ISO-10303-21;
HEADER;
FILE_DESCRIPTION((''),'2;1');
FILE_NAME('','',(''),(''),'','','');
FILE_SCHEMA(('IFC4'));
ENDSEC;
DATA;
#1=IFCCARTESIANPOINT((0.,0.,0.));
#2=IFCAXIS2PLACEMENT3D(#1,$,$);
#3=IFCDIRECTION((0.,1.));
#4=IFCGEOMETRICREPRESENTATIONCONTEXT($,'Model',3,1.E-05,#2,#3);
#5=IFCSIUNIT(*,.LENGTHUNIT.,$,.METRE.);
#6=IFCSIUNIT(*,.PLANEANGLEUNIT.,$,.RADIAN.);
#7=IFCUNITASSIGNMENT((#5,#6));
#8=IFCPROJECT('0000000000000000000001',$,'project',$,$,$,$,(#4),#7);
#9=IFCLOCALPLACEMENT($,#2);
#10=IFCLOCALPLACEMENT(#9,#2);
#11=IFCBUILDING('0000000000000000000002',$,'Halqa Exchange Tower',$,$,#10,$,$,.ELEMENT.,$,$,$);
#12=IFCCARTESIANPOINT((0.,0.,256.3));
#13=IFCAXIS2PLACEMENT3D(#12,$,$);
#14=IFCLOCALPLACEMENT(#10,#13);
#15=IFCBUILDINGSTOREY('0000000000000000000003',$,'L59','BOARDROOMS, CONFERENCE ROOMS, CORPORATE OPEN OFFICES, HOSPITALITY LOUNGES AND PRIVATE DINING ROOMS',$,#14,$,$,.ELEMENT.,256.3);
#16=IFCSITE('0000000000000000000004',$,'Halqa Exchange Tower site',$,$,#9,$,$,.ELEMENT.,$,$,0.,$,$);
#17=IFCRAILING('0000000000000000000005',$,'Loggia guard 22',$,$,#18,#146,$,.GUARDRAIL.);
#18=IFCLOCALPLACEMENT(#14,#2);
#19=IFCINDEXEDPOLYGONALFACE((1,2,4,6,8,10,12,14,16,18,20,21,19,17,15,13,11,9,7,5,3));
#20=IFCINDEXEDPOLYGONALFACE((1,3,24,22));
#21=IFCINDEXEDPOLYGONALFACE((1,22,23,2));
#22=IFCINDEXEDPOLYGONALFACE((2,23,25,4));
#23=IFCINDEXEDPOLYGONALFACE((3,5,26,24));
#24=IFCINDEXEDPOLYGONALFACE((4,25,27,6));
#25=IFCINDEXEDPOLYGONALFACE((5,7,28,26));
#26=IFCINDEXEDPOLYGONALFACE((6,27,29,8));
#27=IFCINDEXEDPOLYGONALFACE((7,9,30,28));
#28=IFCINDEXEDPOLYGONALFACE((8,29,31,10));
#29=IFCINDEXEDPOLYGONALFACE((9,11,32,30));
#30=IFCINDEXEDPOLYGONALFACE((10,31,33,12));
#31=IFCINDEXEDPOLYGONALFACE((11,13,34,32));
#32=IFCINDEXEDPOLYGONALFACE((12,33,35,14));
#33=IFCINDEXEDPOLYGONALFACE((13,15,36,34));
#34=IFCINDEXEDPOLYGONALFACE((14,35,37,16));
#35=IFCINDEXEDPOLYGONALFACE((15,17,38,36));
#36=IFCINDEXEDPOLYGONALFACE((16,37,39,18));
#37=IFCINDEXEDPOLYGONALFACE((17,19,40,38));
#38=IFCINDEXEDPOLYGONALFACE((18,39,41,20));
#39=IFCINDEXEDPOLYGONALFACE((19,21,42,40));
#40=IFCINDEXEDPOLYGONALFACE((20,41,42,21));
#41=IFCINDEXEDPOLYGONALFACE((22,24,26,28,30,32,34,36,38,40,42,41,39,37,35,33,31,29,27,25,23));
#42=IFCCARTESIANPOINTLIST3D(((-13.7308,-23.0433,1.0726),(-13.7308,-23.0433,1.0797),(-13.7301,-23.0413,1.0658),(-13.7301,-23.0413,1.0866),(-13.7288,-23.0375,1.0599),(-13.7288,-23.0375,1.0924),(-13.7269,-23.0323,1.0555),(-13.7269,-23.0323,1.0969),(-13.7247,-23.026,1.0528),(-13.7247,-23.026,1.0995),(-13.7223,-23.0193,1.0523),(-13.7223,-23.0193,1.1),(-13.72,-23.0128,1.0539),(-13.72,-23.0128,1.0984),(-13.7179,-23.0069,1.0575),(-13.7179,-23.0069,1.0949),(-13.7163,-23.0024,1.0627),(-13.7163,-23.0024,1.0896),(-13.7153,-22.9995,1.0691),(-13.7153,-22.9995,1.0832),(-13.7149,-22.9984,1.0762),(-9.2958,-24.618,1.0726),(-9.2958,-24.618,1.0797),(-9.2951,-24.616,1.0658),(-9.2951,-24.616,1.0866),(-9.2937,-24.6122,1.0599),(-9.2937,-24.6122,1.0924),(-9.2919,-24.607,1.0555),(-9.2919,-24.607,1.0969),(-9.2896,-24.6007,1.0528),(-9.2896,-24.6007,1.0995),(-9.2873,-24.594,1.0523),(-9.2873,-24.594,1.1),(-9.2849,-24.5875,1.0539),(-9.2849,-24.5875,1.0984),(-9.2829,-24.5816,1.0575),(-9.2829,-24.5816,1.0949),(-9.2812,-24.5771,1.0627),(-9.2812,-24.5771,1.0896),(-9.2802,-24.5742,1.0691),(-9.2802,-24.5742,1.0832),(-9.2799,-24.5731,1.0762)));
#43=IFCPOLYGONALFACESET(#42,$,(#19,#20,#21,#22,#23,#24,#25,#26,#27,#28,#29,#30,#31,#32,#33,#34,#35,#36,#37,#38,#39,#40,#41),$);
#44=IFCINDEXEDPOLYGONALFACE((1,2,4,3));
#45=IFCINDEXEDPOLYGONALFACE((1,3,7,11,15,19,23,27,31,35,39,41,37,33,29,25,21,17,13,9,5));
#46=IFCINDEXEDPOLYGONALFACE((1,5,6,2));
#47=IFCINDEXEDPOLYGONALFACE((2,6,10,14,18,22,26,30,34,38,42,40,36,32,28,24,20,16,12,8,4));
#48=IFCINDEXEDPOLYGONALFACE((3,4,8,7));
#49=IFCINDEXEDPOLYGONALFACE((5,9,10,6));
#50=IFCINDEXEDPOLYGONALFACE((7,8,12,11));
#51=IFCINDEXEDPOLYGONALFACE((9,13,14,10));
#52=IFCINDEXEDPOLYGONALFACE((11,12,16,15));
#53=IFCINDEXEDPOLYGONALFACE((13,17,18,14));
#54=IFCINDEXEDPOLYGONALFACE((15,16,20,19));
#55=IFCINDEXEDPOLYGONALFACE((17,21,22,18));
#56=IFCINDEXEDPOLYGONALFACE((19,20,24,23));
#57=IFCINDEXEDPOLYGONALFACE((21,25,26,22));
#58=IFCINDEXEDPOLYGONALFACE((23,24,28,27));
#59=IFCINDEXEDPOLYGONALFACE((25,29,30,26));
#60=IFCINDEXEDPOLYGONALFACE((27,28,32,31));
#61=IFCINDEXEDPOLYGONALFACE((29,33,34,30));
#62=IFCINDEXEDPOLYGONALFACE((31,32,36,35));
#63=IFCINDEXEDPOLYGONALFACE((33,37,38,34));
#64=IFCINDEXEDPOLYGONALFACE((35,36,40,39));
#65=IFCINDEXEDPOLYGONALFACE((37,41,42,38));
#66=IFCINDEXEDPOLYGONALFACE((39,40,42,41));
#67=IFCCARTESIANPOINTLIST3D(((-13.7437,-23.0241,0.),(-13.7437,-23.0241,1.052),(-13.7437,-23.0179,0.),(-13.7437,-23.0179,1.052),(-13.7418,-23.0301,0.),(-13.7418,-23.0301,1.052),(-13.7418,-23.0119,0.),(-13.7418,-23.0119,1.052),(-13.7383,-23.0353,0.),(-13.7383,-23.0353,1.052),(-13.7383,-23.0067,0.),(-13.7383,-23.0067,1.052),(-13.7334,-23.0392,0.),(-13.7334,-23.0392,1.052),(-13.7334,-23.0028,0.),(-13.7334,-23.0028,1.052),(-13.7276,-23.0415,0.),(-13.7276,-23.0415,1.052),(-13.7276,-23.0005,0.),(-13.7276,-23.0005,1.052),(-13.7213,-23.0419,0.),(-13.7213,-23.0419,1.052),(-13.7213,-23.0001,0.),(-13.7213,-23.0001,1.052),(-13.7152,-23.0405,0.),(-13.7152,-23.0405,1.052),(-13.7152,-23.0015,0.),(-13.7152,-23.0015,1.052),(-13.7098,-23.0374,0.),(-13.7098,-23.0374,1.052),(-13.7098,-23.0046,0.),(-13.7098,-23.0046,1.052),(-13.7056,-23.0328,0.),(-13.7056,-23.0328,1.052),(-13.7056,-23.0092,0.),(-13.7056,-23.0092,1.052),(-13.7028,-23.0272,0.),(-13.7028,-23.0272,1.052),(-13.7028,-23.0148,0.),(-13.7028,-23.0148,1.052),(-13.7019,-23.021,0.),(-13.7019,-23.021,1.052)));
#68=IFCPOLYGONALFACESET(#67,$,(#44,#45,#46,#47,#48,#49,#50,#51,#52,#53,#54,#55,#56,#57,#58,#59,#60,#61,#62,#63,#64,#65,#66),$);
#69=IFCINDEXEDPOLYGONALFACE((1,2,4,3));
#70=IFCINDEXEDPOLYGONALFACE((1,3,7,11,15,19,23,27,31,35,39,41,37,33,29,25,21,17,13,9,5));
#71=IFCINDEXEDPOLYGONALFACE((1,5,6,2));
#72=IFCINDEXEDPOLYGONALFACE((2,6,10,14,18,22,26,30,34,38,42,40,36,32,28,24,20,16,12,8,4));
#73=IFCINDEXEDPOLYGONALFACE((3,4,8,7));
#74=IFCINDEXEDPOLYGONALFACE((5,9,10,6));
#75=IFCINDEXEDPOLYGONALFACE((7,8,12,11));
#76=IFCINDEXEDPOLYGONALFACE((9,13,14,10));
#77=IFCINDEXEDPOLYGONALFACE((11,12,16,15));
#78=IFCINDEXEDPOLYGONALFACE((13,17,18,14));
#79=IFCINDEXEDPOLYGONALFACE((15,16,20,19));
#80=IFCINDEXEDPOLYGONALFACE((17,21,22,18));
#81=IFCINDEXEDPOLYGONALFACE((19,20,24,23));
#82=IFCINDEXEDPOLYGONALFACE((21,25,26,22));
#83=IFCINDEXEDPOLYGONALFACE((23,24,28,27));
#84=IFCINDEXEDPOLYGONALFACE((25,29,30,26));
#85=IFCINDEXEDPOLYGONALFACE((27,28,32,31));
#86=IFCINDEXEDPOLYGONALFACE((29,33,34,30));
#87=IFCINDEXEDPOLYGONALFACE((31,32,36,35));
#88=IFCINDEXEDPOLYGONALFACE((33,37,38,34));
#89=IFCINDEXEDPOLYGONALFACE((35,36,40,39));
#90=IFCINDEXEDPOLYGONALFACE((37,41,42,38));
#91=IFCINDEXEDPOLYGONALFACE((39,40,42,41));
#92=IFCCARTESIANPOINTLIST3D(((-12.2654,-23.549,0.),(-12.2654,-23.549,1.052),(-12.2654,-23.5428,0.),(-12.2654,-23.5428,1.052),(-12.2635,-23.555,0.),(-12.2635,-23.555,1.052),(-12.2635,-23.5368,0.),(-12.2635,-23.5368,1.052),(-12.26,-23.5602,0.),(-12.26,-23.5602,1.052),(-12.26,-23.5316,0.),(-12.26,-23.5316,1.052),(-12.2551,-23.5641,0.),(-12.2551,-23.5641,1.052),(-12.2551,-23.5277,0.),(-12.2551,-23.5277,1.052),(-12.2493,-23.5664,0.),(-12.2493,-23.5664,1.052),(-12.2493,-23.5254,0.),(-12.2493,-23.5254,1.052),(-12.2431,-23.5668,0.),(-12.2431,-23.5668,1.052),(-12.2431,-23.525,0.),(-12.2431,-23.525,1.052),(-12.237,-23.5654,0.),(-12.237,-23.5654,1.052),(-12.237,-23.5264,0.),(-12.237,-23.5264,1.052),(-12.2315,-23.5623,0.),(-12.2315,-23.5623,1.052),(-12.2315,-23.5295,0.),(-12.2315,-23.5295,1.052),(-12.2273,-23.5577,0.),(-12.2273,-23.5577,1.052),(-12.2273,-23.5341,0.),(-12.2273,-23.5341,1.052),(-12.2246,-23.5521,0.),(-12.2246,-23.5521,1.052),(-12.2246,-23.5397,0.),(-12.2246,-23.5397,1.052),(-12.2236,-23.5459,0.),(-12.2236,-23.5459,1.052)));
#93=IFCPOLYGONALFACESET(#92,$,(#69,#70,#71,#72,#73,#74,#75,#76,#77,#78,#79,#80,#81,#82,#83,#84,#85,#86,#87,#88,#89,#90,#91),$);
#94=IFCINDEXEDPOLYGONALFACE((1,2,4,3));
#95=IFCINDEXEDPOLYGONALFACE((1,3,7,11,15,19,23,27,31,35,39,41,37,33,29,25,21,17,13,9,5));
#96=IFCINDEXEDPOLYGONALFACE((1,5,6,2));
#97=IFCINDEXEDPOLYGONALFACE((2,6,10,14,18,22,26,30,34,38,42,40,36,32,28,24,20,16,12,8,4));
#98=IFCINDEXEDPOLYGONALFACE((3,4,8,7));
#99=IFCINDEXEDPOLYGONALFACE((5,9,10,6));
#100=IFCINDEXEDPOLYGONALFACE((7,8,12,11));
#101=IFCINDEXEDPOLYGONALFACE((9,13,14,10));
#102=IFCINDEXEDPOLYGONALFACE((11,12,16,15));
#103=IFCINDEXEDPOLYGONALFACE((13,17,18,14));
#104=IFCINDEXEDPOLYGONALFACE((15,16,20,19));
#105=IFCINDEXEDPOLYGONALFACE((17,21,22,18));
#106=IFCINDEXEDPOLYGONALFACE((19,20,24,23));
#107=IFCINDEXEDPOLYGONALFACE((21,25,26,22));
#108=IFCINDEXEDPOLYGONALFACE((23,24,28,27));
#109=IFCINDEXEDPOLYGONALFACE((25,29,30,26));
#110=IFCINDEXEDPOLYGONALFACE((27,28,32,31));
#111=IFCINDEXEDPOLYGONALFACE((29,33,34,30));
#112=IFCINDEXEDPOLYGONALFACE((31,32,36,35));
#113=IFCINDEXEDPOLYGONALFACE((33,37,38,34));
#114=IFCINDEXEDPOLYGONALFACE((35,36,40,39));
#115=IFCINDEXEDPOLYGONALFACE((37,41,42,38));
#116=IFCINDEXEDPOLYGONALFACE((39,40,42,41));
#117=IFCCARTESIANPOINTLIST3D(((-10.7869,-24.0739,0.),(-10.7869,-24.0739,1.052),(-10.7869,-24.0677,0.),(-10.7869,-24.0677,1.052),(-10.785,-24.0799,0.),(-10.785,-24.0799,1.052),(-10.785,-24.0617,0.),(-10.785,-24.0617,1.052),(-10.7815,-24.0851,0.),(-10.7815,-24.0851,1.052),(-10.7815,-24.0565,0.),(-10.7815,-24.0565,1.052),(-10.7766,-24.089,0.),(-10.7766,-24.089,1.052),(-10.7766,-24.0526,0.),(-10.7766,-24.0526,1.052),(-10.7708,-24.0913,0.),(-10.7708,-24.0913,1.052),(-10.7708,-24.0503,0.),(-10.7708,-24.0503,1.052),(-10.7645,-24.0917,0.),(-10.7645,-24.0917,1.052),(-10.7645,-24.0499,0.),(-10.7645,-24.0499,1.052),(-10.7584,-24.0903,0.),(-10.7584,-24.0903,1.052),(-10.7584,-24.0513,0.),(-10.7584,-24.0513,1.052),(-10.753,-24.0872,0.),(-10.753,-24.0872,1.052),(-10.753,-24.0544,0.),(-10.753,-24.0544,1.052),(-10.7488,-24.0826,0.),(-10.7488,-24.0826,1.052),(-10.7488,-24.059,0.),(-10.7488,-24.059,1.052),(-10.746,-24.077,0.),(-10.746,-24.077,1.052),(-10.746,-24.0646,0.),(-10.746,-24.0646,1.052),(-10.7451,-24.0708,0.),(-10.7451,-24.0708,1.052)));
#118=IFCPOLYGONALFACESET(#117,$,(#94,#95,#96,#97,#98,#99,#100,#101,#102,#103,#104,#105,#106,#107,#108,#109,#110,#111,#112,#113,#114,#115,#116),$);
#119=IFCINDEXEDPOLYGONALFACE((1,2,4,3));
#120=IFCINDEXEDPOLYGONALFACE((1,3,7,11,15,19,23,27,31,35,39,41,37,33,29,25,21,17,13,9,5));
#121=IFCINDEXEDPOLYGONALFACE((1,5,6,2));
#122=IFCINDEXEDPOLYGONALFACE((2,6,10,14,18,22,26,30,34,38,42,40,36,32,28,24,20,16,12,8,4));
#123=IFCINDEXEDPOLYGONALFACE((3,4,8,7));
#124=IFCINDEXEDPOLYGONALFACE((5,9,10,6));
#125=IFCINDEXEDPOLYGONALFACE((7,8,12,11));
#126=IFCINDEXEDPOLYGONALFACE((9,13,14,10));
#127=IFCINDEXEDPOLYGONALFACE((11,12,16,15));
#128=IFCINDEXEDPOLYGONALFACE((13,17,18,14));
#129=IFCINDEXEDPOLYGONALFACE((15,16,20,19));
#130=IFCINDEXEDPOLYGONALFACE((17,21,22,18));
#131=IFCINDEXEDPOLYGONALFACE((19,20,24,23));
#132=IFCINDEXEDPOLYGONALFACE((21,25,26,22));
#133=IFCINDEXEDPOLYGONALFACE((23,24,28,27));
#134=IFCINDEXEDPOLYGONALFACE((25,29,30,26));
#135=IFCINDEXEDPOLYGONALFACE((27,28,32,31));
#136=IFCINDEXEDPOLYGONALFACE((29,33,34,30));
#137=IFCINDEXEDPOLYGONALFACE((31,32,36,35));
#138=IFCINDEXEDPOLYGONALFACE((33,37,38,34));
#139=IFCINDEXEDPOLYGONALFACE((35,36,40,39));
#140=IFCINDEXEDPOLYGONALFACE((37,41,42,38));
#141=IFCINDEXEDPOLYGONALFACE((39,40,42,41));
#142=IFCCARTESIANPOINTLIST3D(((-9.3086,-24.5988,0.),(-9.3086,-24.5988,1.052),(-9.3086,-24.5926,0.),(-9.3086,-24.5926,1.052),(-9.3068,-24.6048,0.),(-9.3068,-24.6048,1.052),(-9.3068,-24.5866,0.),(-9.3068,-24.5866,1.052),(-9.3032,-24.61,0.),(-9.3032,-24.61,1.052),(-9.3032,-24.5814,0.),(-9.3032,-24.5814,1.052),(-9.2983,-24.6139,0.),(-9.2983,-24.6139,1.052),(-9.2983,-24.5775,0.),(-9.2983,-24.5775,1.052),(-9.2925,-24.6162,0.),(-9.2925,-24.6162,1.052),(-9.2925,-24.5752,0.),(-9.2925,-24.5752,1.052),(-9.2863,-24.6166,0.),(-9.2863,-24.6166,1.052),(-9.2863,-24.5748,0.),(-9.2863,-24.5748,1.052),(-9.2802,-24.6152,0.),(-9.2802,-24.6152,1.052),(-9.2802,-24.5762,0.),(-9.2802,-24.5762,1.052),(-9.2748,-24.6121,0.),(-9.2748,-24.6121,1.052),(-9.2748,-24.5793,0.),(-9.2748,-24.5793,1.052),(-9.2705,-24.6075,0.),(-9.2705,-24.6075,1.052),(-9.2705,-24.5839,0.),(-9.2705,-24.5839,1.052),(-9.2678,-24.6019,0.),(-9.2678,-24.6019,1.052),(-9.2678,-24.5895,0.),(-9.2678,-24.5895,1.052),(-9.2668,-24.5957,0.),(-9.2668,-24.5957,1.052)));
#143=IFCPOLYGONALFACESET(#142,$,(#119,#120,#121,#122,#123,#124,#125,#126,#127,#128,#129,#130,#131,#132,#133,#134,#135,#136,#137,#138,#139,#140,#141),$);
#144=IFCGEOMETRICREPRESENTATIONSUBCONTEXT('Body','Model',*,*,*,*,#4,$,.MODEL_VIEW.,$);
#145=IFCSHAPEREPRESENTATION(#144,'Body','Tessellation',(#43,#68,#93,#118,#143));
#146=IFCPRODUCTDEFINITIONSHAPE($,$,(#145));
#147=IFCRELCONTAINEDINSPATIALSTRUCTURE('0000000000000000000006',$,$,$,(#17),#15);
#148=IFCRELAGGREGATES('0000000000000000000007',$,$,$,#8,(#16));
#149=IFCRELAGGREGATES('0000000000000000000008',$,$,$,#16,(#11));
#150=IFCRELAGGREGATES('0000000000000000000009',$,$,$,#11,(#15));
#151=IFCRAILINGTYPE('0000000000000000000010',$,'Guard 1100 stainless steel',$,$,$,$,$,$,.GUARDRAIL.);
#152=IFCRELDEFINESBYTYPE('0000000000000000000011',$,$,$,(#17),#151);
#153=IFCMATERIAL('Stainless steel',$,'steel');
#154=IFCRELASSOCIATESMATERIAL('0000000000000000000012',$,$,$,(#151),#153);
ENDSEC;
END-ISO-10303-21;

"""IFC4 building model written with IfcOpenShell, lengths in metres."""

from ifc_helpers import new_model, si_unit, direction, frame, origin, origin_2d, place, context, subcontext, project, spatial, circle, extrude, material, type_object, element, save


model = new_model("IFC4")

# Units and contexts
model_context = context("Model", 3, precision=1e-05, world=origin(), true_north=direction((0.0, 1.0)))
body_context = subcontext(model_context, "Body", "Model", "MODEL_VIEW")
ifc_project = project(units=[si_unit("LENGTHUNIT", "METRE"), si_unit("PLANEANGLEUNIT", "RADIAN")], contexts=[model_context])

# Site, building, storey
site_placement = place(None, origin())
site = spatial("IfcSite", under=ifc_project, at=site_placement, Name="Halqa Exchange Tower site", CompositionType="ELEMENT", RefElevation=0.0)
building_placement = place(site_placement, origin())
building = spatial("IfcBuilding", under=site, at=building_placement, Name="Halqa Exchange Tower", CompositionType="ELEMENT")
storey_placement = place(building_placement, frame((0.0, 0.0, 256.3)))
storey = spatial("IfcBuildingStorey", under=building, at=storey_placement, Name="L59", Description="BOARDROOMS, CONFERENCE ROOMS, CORPORATE OPEN OFFICES, HOSPITALITY LOUNGES AND PRIVATE DINING ROOMS", CompositionType="ELEMENT", Elevation=256.3)

# Railing
ifc_material_1 = material(Name="Stainless steel", Category="steel")
railing_type = type_object("IfcRailingType", Name="Guard 1100 stainless steel", PredefinedType="GUARDRAIL", material=ifc_material_1)
railing_1_placement = place(storey_placement, frame((-13.7229, -23.021, 0.0)))
element("IfcRailing", 1, at=railing_1_placement, inside=storey, type_object=railing_type, Name="Loggia guard 22", PredefinedType="GUARDRAIL", context=body_context, shape_type="SweptSolid", body=[
    extrude(circle(Radius=0.0239, at=origin_2d()), frame((0.0, 0.0, 1.0762), z_axis=(0.942362, -0.334594, 0.0), x_axis=(0.334594, 0.942362, 0.0)), (0.0, 0.0, 1.0), 4.7063),
    extrude(circle(Radius=0.021, at=origin_2d()), origin(), (0.0, 0.0, 1.0), 1.052),
    extrude(circle(Radius=0.021, at=origin_2d()), frame((1.4783, -0.5249, 0.0)), (0.0, 0.0, 1.0), 1.052),
    extrude(circle(Radius=0.021, at=origin_2d()), frame((2.9568, -1.0498, 0.0)), (0.0, 0.0, 1.0), 1.052),
    extrude(circle(Radius=0.021, at=origin_2d()), frame((4.4351, -1.5747, 0.0)), (0.0, 0.0, 1.0), 1.052),
])

save(model, "model.ifc")
